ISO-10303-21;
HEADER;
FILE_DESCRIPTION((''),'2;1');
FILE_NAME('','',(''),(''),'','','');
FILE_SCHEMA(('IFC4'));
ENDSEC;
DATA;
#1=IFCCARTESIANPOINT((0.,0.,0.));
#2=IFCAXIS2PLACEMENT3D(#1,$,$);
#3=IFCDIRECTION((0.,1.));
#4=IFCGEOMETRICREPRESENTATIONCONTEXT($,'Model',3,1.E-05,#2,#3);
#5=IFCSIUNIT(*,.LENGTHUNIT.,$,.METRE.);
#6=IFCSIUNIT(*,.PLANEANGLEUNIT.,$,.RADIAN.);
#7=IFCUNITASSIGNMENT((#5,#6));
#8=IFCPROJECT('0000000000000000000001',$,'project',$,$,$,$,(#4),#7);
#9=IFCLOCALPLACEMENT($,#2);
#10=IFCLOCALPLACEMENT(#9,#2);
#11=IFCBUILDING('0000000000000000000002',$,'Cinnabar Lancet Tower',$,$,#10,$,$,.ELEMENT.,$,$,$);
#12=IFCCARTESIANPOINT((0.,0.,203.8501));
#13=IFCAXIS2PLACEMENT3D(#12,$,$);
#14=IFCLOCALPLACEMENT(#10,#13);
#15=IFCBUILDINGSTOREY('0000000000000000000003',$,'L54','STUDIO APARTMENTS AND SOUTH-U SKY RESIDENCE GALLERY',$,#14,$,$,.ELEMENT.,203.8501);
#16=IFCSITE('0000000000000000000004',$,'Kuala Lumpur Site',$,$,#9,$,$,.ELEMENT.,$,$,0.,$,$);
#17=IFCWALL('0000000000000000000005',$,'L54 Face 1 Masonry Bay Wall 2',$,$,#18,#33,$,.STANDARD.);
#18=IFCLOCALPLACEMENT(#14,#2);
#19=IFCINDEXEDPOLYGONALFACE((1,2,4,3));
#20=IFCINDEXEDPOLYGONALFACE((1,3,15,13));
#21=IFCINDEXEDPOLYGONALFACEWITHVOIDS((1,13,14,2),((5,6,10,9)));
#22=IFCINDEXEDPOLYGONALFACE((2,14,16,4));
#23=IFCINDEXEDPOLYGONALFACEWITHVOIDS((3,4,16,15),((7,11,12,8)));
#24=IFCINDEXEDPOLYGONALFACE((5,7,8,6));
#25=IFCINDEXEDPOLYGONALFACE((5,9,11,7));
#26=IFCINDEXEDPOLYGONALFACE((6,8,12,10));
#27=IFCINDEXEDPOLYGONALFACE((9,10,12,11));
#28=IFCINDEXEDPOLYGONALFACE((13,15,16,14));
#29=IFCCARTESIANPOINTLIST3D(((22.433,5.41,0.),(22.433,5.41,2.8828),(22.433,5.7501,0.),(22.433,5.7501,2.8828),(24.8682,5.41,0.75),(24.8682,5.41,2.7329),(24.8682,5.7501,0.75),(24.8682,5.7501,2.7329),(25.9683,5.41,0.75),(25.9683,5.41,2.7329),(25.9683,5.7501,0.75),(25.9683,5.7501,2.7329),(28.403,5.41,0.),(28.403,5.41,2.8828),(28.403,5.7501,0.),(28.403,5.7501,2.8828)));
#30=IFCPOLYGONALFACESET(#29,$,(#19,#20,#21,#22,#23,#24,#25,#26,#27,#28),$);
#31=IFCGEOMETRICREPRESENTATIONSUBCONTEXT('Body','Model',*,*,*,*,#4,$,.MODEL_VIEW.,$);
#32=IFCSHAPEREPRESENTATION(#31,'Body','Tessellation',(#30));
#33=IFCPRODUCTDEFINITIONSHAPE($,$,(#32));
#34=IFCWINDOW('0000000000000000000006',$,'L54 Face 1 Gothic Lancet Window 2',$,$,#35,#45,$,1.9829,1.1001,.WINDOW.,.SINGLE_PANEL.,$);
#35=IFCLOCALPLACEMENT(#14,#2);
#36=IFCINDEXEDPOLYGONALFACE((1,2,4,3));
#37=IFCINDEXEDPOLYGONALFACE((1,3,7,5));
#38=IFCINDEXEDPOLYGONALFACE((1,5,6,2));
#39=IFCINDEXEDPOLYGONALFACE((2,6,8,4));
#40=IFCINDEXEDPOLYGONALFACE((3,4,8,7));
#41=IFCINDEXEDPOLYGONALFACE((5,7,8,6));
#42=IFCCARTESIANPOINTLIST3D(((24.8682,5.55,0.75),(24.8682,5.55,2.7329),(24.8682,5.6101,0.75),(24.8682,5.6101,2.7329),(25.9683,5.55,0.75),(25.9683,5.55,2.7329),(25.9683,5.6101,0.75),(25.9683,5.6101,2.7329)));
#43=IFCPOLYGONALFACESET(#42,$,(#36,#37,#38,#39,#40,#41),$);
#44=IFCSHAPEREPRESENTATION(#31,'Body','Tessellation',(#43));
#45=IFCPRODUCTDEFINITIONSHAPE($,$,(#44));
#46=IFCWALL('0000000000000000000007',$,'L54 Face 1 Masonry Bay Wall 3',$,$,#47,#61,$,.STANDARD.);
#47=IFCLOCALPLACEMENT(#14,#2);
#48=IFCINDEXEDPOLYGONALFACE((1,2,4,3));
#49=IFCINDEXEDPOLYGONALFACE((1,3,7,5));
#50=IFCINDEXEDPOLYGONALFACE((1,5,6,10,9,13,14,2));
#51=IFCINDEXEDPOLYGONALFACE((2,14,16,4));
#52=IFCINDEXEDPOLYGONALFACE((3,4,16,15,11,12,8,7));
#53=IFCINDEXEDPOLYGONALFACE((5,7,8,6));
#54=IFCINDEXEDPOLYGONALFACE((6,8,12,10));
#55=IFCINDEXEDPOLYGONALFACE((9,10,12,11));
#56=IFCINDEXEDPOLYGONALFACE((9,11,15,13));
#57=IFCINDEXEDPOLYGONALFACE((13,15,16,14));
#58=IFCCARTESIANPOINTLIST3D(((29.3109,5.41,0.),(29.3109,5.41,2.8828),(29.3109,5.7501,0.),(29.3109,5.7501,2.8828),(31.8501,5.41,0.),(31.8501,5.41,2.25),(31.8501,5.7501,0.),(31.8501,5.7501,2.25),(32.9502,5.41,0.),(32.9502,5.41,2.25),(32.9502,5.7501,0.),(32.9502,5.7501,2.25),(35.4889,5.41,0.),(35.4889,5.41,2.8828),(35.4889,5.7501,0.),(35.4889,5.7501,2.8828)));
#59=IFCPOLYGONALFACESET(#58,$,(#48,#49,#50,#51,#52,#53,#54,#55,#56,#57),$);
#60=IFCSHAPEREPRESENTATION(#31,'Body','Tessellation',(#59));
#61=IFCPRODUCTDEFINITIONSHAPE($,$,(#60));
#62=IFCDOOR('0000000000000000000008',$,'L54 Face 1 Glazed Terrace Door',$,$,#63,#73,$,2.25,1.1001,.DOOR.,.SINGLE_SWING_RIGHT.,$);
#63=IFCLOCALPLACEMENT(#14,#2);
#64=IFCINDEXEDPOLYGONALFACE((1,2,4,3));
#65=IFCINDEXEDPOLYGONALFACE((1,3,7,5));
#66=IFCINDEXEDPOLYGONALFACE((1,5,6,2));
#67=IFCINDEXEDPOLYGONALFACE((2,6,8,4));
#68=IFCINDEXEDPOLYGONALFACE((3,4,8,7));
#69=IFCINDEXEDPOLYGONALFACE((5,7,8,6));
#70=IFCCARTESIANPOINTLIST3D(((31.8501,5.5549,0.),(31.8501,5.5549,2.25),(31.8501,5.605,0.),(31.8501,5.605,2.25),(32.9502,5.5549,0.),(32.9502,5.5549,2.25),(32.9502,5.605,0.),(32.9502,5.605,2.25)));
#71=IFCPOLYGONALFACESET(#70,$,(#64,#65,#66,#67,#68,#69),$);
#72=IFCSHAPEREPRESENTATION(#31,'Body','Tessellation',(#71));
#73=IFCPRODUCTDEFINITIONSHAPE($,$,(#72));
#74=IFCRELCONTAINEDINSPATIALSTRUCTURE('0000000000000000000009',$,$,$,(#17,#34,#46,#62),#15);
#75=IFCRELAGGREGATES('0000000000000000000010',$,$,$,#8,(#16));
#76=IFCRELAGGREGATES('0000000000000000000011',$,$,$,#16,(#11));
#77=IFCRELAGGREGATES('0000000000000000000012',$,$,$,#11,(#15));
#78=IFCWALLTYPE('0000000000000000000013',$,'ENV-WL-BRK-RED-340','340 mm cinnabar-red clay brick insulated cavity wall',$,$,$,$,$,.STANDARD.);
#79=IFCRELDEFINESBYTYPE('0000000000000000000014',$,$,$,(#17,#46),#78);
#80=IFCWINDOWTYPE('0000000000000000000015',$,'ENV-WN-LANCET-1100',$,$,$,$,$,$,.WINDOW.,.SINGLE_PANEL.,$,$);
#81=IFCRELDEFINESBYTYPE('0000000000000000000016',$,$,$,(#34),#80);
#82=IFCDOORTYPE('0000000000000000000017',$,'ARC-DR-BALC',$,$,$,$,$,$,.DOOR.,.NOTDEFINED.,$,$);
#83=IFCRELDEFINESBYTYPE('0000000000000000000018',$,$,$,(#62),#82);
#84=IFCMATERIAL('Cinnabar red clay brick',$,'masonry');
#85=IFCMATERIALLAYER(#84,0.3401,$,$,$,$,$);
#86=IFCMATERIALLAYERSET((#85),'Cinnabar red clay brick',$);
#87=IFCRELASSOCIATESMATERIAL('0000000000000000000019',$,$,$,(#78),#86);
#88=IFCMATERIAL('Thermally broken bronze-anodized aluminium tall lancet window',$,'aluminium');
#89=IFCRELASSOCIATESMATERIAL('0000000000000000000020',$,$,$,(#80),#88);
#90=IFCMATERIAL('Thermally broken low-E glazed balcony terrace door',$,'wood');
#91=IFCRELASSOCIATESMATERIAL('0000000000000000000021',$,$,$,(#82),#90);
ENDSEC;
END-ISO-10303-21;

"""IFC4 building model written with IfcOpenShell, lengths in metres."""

from ifc_helpers import new_model, si_unit, direction, frame, frame_2d, origin, place, context, subcontext, project, spatial, rectangle, extrude, material, layer, layer_set, type_object, element, fill, save


model = new_model("IFC4")

# Units and contexts
model_context = context("Model", 3, precision=1e-05, world=origin(), true_north=direction((0.0, 1.0)))
body_context = subcontext(model_context, "Body", "Model", "MODEL_VIEW")
ifc_project = project(units=[si_unit("LENGTHUNIT", "METRE"), si_unit("PLANEANGLEUNIT", "RADIAN")], contexts=[model_context])

# Site, building, storey
site_placement = place(None, origin())
site = spatial("IfcSite", under=ifc_project, at=site_placement, Name="Kuala Lumpur Site", CompositionType="ELEMENT", RefElevation=0.0)
building_placement = place(site_placement, origin())
building = spatial("IfcBuilding", under=site, at=building_placement, Name="Cinnabar Lancet Tower", CompositionType="ELEMENT")
storey_placement = place(building_placement, frame((0.0, 0.0, 203.8501)))
storey = spatial("IfcBuildingStorey", under=building, at=storey_placement, Name="L54", Description="STUDIO APARTMENTS AND SOUTH-U SKY RESIDENCE GALLERY", CompositionType="ELEMENT", Elevation=203.8501)

# Shared definitions
ifc_material_1 = material(Name="Cinnabar red clay brick", Category="masonry")
ifc_layer_1 = layer(ifc_material_1, 0.3401)
ifc_layer_set_1 = layer_set([ifc_layer_1], Name="Cinnabar red clay brick")
wall_type_1 = type_object("IfcWallType", Name="ENV-WL-BRK-RED-340", Description="340 mm cinnabar-red clay brick insulated cavity wall", PredefinedType="STANDARD", material=ifc_layer_set_1)

# Wall, opening, window
wall_1_placement = place(storey_placement, frame((22.4331, 5.5801, 0.0), z_axis=(0.0, 0.0, 1.0), x_axis=(1.0, 0.0, 0.0)))
wall_1 = element("IfcWall", 1, at=wall_1_placement, inside=storey, type_object=wall_type_1, Name="L54 Face 1 Masonry Bay Wall 2", PredefinedType="STANDARD", context=body_context, shape_type="SweptSolid", body=[
    extrude(rectangle(XDim=5.97, YDim=0.3401, at=frame_2d((2.9849, 0.0))), origin(), (0.0, 0.0, 1.0), 2.8828),
])
opening_1_placement = place(wall_1_placement, frame((2.4351, 0.0, 0.75)))
opening_1 = element("IfcOpeningElement", 2, at=opening_1_placement, cuts=wall_1, PredefinedType="OPENING", context=body_context, shape_type="SweptSolid", body=[
    extrude(rectangle(XDim=1.1001, YDim=1.9829, at=frame_2d((0.55, 0.9915))), frame((0.0, 0.1799, 0.0), z_axis=(0.0, -1.0, 0.0), x_axis=(1.0, 0.0, 0.0)), (0.0, 0.0, 1.0), 0.3601),
])
ifc_material_2 = material(Name="Thermally broken bronze-anodized aluminium tall lancet window", Category="aluminium")
window_type = type_object("IfcWindowType", Name="ENV-WN-LANCET-1100", PartitioningType="SINGLE_PANEL", PredefinedType="WINDOW", material=ifc_material_2)
window_placement = place(opening_1_placement, origin())
window = element("IfcWindow", 3, at=window_placement, inside=storey, type_object=window_type, Name="L54 Face 1 Gothic Lancet Window 2", OverallHeight=1.9829, OverallWidth=1.1001, PartitioningType="SINGLE_PANEL", PredefinedType="WINDOW", context=body_context, shape_type="SweptSolid", body=[
    extrude(rectangle(XDim=1.1001, YDim=1.9829, at=frame_2d((0.55, 0.9915))), frame((0.0, 0.03, 0.0), z_axis=(0.0, -1.0, 0.0), x_axis=(1.0, 0.0, 0.0)), (0.0, 0.0, 1.0), 0.0601),
])
fill(opening_1, window)

# Wall, opening, door
wall_2_placement = place(storey_placement, frame((29.311, 5.5801, 0.0), z_axis=(0.0, 0.0, 1.0), x_axis=(1.0, 0.0, 0.0)))
wall_2 = element("IfcWall", 4, at=wall_2_placement, inside=storey, type_object=wall_type_1, Name="L54 Face 1 Masonry Bay Wall 3", PredefinedType="STANDARD", context=body_context, shape_type="SweptSolid", body=[
    extrude(rectangle(XDim=6.178, YDim=0.3401, at=frame_2d((3.0889, 0.0))), origin(), (0.0, 0.0, 1.0), 2.8828),
])
opening_2_placement = place(wall_2_placement, frame((2.5391, 0.0, 0.0)))
opening_2 = element("IfcOpeningElement", 5, at=opening_2_placement, cuts=wall_2, PredefinedType="OPENING", context=body_context, shape_type="SweptSolid", body=[
    extrude(rectangle(XDim=1.1001, YDim=2.25, at=frame_2d((0.55, 1.125))), frame((0.0, 0.1799, 0.0), z_axis=(0.0, -1.0, 0.0), x_axis=(1.0, 0.0, 0.0)), (0.0, 0.0, 1.0), 0.3601),
])
ifc_material_3 = material(Name="Thermally broken low-E glazed balcony terrace door", Category="wood")
door_type_1 = type_object("IfcDoorType", Name="ARC-DR-BALC", OperationType="NOTDEFINED", PredefinedType="DOOR", material=ifc_material_3)
door_1_placement = place(opening_2_placement, origin())
door_1 = element("IfcDoor", 6, at=door_1_placement, inside=storey, type_object=door_type_1, Name="L54 Face 1 Glazed Terrace Door", OperationType="SINGLE_SWING_RIGHT", OverallHeight=2.25, OverallWidth=1.1001, PredefinedType="DOOR", context=body_context, shape_type="SweptSolid", body=[
    extrude(rectangle(XDim=1.1001, YDim=2.25, at=frame_2d((0.55, 1.125))), frame((0.0, 0.0249, 0.0), z_axis=(0.0, -1.0, 0.0), x_axis=(1.0, 0.0, 0.0)), (0.0, 0.0, 1.0), 0.05),
])
fill(opening_2, door_1)

save(model, "model.ifc")
